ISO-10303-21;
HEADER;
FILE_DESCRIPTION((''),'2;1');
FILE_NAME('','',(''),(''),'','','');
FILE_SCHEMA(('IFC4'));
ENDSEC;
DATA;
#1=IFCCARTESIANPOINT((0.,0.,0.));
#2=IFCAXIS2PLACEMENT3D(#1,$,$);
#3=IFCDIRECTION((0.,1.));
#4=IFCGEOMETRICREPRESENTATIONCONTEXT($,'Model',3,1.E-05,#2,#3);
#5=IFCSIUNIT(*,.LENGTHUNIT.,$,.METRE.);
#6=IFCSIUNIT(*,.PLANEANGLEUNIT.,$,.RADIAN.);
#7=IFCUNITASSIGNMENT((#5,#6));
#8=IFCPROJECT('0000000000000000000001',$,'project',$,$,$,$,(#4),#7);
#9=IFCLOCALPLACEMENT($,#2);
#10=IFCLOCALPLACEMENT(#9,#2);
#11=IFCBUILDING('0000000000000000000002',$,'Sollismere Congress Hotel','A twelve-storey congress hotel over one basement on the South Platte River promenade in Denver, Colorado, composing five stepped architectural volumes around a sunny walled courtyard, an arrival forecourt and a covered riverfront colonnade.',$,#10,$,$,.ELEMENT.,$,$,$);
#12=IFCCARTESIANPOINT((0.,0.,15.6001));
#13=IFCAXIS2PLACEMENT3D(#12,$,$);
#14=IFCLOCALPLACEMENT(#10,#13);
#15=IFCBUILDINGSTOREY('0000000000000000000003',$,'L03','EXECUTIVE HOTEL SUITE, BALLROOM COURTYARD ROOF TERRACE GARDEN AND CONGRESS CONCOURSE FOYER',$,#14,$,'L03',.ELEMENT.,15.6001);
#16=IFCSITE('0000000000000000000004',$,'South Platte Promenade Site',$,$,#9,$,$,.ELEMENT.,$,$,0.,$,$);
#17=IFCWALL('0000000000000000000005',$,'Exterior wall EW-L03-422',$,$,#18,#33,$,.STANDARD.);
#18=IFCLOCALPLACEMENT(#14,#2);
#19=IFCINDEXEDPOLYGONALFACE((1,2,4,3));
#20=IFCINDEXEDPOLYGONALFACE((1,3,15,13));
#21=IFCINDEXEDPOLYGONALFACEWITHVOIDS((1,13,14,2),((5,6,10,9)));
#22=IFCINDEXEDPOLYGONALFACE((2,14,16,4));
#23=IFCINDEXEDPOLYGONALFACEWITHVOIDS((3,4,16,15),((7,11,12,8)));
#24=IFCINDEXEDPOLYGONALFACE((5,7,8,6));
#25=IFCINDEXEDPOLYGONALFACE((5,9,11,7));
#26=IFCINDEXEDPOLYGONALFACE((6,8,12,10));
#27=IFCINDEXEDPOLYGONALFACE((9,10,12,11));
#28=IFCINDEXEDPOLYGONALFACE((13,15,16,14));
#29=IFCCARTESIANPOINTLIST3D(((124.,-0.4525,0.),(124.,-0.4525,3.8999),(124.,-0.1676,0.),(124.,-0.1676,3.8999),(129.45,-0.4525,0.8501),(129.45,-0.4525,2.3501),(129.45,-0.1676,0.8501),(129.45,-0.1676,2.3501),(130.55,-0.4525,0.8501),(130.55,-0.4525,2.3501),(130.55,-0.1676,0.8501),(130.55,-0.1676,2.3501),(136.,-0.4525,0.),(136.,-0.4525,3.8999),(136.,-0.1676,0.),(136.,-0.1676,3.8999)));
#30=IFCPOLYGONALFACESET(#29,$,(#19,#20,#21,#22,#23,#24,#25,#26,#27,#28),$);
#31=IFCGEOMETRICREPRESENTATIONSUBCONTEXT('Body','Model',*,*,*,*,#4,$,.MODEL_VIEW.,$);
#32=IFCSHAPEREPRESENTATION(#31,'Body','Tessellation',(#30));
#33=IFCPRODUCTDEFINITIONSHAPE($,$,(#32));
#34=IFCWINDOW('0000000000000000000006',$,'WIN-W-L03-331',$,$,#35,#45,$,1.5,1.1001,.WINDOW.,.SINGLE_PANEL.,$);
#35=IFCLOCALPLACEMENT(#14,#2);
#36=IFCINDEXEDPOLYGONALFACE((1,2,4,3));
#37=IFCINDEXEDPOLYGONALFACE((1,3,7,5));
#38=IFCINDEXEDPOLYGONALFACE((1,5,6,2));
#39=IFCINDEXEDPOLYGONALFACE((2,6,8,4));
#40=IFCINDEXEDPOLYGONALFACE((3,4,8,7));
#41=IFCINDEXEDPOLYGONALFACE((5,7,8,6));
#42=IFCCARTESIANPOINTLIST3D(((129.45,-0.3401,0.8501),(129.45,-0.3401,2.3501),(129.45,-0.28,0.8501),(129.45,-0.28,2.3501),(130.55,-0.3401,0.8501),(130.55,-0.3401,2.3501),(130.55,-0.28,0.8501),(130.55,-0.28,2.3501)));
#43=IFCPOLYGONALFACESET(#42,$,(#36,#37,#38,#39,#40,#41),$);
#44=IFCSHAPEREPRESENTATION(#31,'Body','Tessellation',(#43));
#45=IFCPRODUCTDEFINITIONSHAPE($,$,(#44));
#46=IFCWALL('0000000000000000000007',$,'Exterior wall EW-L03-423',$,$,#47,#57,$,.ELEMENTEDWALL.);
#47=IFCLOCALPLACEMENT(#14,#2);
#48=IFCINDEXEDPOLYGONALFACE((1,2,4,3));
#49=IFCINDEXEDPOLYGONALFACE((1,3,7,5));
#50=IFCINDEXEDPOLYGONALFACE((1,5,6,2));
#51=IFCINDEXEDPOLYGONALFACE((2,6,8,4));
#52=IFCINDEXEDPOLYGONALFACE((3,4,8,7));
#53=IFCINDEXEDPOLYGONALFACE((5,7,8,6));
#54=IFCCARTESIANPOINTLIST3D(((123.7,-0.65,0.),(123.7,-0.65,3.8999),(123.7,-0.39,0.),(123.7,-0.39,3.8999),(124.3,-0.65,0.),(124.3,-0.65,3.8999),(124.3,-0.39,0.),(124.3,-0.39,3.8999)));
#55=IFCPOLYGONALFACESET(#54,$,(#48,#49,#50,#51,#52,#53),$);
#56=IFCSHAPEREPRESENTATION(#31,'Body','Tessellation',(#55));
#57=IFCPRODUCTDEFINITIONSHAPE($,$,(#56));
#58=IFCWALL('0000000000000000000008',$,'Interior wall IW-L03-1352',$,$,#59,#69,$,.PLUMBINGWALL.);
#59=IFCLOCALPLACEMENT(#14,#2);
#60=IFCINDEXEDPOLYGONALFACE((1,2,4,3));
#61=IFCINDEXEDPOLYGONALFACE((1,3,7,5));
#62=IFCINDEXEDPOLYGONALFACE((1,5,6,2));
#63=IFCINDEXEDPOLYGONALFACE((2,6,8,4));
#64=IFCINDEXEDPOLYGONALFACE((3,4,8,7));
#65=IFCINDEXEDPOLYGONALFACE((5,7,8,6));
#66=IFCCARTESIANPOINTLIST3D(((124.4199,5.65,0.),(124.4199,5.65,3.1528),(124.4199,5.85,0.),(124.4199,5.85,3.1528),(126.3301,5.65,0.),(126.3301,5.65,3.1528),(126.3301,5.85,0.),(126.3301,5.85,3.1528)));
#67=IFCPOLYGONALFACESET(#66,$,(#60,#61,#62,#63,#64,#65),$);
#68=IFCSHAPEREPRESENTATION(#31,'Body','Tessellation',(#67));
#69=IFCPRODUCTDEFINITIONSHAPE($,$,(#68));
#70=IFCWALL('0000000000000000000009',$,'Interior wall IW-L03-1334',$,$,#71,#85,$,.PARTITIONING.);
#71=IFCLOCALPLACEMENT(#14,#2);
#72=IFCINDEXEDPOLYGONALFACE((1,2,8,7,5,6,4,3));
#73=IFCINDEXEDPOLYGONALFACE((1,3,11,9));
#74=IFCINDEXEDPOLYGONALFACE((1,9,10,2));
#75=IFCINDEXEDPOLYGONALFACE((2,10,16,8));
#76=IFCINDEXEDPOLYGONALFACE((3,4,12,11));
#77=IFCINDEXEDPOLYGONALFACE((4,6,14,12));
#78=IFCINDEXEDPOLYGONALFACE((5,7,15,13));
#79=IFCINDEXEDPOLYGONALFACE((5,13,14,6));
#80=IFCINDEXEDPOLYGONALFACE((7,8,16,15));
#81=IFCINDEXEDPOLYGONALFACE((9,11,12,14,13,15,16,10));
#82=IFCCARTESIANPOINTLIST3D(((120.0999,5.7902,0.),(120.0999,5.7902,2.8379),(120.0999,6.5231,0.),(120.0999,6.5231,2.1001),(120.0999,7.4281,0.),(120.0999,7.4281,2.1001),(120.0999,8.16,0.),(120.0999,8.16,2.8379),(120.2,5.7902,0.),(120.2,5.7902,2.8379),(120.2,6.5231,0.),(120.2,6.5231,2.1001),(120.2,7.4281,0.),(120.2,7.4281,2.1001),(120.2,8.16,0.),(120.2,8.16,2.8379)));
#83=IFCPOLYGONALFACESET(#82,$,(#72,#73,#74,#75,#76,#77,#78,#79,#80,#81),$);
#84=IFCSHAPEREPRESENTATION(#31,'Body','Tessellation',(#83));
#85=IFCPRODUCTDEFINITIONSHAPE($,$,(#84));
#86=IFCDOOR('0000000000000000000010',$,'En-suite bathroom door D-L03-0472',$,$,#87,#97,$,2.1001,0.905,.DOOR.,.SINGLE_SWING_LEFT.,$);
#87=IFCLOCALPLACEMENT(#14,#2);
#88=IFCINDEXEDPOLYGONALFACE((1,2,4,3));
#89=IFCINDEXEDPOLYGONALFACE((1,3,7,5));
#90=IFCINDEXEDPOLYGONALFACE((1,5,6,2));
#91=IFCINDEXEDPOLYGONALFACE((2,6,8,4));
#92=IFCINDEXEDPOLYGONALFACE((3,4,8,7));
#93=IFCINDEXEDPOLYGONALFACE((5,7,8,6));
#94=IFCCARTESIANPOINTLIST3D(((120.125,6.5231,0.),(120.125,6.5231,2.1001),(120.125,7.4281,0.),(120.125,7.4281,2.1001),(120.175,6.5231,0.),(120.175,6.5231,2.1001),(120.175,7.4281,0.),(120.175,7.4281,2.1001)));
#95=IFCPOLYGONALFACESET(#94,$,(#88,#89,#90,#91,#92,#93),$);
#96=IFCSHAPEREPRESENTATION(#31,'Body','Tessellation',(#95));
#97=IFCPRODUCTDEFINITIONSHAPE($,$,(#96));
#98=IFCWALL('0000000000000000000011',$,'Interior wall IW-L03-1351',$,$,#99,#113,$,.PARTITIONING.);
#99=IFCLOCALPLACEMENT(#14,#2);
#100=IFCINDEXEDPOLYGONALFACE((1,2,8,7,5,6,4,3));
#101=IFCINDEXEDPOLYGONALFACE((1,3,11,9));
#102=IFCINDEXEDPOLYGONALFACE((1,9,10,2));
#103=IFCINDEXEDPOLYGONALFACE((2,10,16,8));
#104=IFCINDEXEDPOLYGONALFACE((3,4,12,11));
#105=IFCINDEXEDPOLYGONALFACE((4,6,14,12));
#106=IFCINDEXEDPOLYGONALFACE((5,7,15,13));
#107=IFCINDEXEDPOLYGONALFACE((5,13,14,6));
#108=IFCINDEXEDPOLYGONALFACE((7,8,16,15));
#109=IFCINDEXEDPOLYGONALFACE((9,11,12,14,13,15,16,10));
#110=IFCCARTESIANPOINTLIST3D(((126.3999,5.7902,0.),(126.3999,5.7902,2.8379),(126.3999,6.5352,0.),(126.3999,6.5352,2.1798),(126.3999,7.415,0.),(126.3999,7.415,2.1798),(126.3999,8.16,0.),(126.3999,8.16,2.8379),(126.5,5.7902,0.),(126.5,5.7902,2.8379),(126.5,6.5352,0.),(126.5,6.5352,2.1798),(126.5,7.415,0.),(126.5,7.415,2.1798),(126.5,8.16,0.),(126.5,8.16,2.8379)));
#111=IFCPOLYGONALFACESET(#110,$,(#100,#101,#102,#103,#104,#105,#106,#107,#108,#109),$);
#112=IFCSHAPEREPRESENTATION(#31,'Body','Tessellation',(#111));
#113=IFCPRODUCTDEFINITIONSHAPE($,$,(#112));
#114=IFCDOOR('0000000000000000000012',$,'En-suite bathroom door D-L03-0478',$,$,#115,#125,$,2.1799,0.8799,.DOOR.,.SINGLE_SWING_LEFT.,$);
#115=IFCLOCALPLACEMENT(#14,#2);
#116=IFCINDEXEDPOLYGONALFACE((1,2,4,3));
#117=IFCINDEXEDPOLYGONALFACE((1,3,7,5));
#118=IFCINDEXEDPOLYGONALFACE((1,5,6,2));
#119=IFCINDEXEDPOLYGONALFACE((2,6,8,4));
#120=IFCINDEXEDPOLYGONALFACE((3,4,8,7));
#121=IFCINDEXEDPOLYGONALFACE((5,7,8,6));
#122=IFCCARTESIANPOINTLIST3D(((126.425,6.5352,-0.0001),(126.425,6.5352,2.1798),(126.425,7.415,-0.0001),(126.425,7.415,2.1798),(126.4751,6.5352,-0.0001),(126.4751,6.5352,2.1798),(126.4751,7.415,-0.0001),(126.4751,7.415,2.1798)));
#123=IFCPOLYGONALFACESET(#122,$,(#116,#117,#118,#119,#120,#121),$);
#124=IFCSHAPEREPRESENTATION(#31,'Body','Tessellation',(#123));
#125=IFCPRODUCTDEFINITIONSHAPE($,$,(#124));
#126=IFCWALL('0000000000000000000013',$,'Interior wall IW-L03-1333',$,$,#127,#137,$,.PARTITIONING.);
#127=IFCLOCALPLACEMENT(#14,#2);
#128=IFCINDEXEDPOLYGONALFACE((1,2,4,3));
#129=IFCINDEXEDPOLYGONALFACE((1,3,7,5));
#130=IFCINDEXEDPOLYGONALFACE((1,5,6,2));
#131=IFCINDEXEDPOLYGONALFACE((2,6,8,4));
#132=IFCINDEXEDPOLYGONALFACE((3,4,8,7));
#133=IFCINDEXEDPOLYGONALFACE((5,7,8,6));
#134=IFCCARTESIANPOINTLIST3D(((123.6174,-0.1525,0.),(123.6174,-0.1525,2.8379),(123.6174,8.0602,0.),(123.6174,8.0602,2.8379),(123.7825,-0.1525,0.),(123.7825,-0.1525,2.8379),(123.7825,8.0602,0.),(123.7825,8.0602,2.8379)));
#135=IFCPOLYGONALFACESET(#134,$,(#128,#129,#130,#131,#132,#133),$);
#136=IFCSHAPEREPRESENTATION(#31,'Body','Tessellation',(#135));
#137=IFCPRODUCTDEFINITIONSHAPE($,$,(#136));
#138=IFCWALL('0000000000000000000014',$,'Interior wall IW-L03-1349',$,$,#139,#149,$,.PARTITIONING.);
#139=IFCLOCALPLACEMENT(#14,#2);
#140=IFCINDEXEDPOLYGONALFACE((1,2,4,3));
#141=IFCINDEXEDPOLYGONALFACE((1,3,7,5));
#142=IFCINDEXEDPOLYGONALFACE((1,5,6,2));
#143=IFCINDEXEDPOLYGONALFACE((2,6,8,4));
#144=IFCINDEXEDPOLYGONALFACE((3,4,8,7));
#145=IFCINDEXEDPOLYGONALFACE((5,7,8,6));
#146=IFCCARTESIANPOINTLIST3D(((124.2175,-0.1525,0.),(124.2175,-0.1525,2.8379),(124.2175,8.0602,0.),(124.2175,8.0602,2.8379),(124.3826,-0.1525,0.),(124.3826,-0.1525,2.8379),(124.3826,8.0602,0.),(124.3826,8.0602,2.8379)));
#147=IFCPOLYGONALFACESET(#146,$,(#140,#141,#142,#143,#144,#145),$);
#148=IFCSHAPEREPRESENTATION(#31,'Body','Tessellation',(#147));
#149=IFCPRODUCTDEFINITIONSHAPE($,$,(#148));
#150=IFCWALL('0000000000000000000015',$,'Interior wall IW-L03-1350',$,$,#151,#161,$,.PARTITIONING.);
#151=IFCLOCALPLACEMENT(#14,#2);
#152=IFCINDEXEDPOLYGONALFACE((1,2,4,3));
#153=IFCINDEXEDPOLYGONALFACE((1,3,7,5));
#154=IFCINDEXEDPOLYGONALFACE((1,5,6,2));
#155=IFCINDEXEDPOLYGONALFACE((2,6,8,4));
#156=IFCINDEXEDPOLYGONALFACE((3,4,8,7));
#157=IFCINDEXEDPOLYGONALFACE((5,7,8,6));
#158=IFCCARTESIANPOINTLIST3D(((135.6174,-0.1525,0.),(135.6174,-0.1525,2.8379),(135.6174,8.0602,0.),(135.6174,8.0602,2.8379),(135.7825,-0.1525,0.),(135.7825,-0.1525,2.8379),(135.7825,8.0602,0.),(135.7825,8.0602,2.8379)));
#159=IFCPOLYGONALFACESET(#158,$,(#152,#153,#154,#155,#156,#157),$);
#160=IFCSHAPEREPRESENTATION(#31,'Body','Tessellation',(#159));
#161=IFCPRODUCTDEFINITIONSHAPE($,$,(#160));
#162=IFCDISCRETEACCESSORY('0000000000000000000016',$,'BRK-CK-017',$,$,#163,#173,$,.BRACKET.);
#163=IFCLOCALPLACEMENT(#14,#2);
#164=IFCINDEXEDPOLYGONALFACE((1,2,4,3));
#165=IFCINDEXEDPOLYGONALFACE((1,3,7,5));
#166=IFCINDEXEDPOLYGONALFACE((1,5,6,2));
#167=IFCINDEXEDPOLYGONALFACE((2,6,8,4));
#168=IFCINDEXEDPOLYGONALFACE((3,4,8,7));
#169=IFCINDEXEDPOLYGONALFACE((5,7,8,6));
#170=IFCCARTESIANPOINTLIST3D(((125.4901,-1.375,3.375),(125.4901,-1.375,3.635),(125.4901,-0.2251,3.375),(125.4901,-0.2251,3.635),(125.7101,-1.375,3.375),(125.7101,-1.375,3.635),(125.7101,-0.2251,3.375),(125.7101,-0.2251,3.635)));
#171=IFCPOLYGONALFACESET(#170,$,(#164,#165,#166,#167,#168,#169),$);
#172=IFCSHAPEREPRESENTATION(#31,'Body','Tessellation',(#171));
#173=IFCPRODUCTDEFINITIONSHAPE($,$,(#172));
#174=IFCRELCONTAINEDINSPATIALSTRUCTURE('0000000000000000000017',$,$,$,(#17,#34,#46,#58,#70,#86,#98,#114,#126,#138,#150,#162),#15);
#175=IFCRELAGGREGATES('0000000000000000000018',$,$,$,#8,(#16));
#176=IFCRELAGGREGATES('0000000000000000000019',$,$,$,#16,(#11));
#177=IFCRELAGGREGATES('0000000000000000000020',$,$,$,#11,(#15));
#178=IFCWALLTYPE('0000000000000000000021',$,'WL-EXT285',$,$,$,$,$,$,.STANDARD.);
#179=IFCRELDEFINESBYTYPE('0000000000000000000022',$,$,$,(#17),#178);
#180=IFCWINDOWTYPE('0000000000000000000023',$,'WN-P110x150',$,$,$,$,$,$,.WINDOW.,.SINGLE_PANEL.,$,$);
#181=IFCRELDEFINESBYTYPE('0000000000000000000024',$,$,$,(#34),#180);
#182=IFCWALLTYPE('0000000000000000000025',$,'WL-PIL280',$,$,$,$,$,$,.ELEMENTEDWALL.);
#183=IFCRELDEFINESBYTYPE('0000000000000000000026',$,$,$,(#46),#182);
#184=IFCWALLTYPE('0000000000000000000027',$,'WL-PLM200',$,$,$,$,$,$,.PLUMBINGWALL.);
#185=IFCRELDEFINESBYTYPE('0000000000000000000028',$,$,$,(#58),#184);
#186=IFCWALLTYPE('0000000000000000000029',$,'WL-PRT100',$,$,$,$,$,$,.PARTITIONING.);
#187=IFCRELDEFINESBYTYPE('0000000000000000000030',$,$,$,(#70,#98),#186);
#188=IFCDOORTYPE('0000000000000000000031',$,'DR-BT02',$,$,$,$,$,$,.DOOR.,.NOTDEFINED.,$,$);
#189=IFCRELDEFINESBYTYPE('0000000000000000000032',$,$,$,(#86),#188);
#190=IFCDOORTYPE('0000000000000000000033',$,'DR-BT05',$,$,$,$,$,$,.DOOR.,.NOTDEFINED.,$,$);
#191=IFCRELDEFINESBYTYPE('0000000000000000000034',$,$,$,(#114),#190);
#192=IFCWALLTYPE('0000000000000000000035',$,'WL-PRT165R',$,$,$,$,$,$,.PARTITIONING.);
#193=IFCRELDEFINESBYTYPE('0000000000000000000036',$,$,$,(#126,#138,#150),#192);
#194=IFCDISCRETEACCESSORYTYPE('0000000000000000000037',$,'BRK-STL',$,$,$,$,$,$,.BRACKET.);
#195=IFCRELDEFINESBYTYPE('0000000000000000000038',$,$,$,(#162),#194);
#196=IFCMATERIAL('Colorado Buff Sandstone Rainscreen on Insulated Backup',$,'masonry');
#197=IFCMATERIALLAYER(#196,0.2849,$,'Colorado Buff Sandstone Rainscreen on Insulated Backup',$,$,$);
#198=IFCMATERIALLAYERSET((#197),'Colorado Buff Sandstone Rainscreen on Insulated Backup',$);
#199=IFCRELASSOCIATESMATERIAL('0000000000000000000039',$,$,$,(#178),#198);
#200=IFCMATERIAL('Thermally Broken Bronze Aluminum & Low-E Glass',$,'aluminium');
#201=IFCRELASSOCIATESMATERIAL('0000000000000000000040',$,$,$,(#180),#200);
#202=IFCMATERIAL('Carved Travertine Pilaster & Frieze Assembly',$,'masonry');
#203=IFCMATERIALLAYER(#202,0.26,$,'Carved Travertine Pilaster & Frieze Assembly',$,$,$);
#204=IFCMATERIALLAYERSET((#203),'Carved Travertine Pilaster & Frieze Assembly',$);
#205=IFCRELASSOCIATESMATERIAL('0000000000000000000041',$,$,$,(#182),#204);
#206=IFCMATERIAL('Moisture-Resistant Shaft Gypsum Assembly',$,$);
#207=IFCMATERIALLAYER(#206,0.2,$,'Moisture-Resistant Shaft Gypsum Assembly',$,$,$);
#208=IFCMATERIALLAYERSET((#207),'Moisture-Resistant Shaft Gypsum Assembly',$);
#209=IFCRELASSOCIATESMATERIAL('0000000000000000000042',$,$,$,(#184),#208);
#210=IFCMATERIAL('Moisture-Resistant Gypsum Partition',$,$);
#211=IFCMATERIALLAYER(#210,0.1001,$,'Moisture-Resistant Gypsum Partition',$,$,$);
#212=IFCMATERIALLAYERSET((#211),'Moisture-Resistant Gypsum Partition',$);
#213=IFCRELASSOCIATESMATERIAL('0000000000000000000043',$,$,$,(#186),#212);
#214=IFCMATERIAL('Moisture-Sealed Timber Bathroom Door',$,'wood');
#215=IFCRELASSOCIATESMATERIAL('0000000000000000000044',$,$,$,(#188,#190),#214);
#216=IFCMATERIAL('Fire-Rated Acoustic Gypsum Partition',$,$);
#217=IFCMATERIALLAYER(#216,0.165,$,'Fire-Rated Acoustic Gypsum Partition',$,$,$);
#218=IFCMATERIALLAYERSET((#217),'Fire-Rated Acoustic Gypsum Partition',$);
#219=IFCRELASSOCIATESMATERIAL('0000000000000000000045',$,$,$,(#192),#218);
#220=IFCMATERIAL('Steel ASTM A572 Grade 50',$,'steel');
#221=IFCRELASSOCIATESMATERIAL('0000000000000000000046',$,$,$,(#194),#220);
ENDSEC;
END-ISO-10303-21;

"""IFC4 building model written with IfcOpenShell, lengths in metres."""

from ifc_helpers import new_model, si_unit, direction, frame, frame_2d, origin, origin_2d, place, context, subcontext, project, spatial, rectangle, extrude, material, layer, layer_set, type_object, element, fill, save


model = new_model("IFC4")

# Units and contexts
model_context = context("Model", 3, precision=1e-05, world=origin(), true_north=direction((0.0, 1.0)))
body_context = subcontext(model_context, "Body", "Model", "MODEL_VIEW")
ifc_project = project(units=[si_unit("LENGTHUNIT", "METRE"), si_unit("PLANEANGLEUNIT", "RADIAN")], contexts=[model_context])

# Site, building, storey
site_placement = place(None, origin())
site = spatial("IfcSite", under=ifc_project, at=site_placement, Name="South Platte Promenade Site", CompositionType="ELEMENT", RefElevation=0.0)
building_placement = place(site_placement, origin())
building = spatial("IfcBuilding", under=site, at=building_placement, Name="Sollismere Congress Hotel", Description="A twelve-storey congress hotel over one basement on the South Platte River promenade in Denver, Colorado, composing five stepped architectural volumes around a sunny walled courtyard, an arrival forecourt and a covered riverfront colonnade.", CompositionType="ELEMENT")
storey_placement = place(building_placement, frame((0.0, 0.0, 15.6001)))
storey = spatial("IfcBuildingStorey", under=building, at=storey_placement, Name="L03", Description="EXECUTIVE HOTEL SUITE, BALLROOM COURTYARD ROOF TERRACE GARDEN AND CONGRESS CONCOURSE FOYER", LongName="L03", CompositionType="ELEMENT", Elevation=15.6001)

# Wall, opening, window
ifc_material_1 = material(Name="Colorado Buff Sandstone Rainscreen on Insulated Backup", Category="masonry")
ifc_layer_1 = layer(ifc_material_1, 0.2849, Name="Colorado Buff Sandstone Rainscreen on Insulated Backup")
ifc_layer_set_1 = layer_set([ifc_layer_1], Name="Colorado Buff Sandstone Rainscreen on Insulated Backup")
wall_type_1 = type_object("IfcWallType", Name="WL-EXT285", PredefinedType="STANDARD", material=ifc_layer_set_1)
wall_1_placement = place(storey_placement, frame((124.0, -0.3101, 0.0), z_axis=(0.0, 0.0, 1.0), x_axis=(1.0, 0.0, 0.0)))
wall_1 = element("IfcWall", 1, at=wall_1_placement, inside=storey, type_object=wall_type_1, Name="Exterior wall EW-L03-422", PredefinedType="STANDARD", context=body_context, shape_type="SweptSolid", body=[
    extrude(rectangle(XDim=12.0, YDim=0.2849, at=frame_2d((6.0, 0.0))), origin(), (0.0, 0.0, 1.0), 3.8999),
])
opening_1_placement = place(wall_1_placement, frame((5.45, 0.0, 0.8501)))
opening_1 = element("IfcOpeningElement", 2, at=opening_1_placement, cuts=wall_1, PredefinedType="OPENING", context=body_context, shape_type="SweptSolid", body=[
    extrude(rectangle(XDim=1.1001, YDim=1.5, at=frame_2d((0.55, 0.75))), frame((0.0, 0.1523, 0.0), z_axis=(0.0, -1.0, 0.0), x_axis=(1.0, 0.0, 0.0)), (0.0, 0.0, 1.0), 0.3049),
])
ifc_material_2 = material(Name="Thermally Broken Bronze Aluminum & Low-E Glass", Category="aluminium")
window_type = type_object("IfcWindowType", Name="WN-P110x150", PartitioningType="SINGLE_PANEL", PredefinedType="WINDOW", material=ifc_material_2)
window_placement = place(opening_1_placement, origin())
window = element("IfcWindow", 3, at=window_placement, inside=storey, type_object=window_type, Name="WIN-W-L03-331", OverallHeight=1.5, OverallWidth=1.1001, PartitioningType="SINGLE_PANEL", PredefinedType="WINDOW", context=body_context, shape_type="SweptSolid", body=[
    extrude(rectangle(XDim=1.1001, YDim=1.5, at=frame_2d((0.55, 0.75))), frame((0.0, 0.03, 0.0), z_axis=(0.0, -1.0, 0.0), x_axis=(1.0, 0.0, 0.0)), (0.0, 0.0, 1.0), 0.0601),
])
fill(opening_1, window)

# Walls
ifc_material_3 = material(Name="Carved Travertine Pilaster & Frieze Assembly", Category="masonry")
ifc_layer_2 = layer(ifc_material_3, 0.26, Name="Carved Travertine Pilaster & Frieze Assembly")
ifc_layer_set_2 = layer_set([ifc_layer_2], Name="Carved Travertine Pilaster & Frieze Assembly")
wall_type_2 = type_object("IfcWallType", Name="WL-PIL280", PredefinedType="ELEMENTEDWALL", material=ifc_layer_set_2)
wall_2_placement = place(storey_placement, frame((123.7, -0.52, 0.0), z_axis=(0.0, 0.0, 1.0), x_axis=(1.0, 0.0, 0.0)))
element("IfcWall", 4, at=wall_2_placement, inside=storey, type_object=wall_type_2, Name="Exterior wall EW-L03-423", PredefinedType="ELEMENTEDWALL", context=body_context, shape_type="SweptSolid", body=[
    extrude(rectangle(XDim=0.6001, YDim=0.26, at=frame_2d((0.3, 0.0))), origin(), (0.0, 0.0, 1.0), 3.8999),
])
ifc_material_4 = material(Name="Moisture-Resistant Shaft Gypsum Assembly")
ifc_layer_3 = layer(ifc_material_4, 0.2, Name="Moisture-Resistant Shaft Gypsum Assembly")
ifc_layer_set_3 = layer_set([ifc_layer_3], Name="Moisture-Resistant Shaft Gypsum Assembly")
wall_type_3 = type_object("IfcWallType", Name="WL-PLM200", PredefinedType="PLUMBINGWALL", material=ifc_layer_set_3)
wall_3_placement = place(storey_placement, frame((124.4199, 5.75, 0.0), z_axis=(0.0, 0.0, 1.0), x_axis=(1.0, 0.0, 0.0)))
element("IfcWall", 5, at=wall_3_placement, inside=storey, type_object=wall_type_3, Name="Interior wall IW-L03-1352", PredefinedType="PLUMBINGWALL", context=body_context, shape_type="SweptSolid", body=[
    extrude(rectangle(XDim=1.9102, YDim=0.2, at=frame_2d((0.9551, 0.0))), origin(), (0.0, 0.0, 1.0), 3.1528),
])

# Walls, openings, doors
ifc_material_5 = material(Name="Moisture-Resistant Gypsum Partition")
ifc_layer_4 = layer(ifc_material_5, 0.1001, Name="Moisture-Resistant Gypsum Partition")
ifc_layer_set_4 = layer_set([ifc_layer_4], Name="Moisture-Resistant Gypsum Partition")
wall_type_4 = type_object("IfcWallType", Name="WL-PRT100", PredefinedType="PARTITIONING", material=ifc_layer_set_4)
wall_4_placement = place(storey_placement, frame((120.1499, 5.79, 0.0), z_axis=(0.0, 0.0, 1.0), x_axis=(0.0, 1.0, 0.0)))
wall_4 = element("IfcWall", 6, at=wall_4_placement, inside=storey, type_object=wall_type_4, Name="Interior wall IW-L03-1334", PredefinedType="PARTITIONING", context=body_context, shape_type="SweptSolid", body=[
    extrude(rectangle(XDim=2.3699, YDim=0.1001, at=frame_2d((1.1851, 0.0))), origin(), (0.0, 0.0, 1.0), 2.8379),
])
opening_2_placement = place(wall_4_placement, frame((0.7329, 0.0, 0.0)))
opening_2 = element("IfcOpeningElement", 7, at=opening_2_placement, cuts=wall_4, PredefinedType="OPENING", context=body_context, shape_type="SweptSolid", body=[
    extrude(rectangle(XDim=0.905, YDim=2.1001, at=frame_2d((0.4526, 1.05))), frame((0.0, 0.0601, 0.0), z_axis=(0.0, -1.0, 0.0), x_axis=(1.0, 0.0, 0.0)), (0.0, 0.0, 1.0), 0.1201),
])
ifc_material_6 = material(Name="Moisture-Sealed Timber Bathroom Door", Category="wood")
door_type_1 = type_object("IfcDoorType", Name="DR-BT02", OperationType="NOTDEFINED", PredefinedType="DOOR", material=ifc_material_6)
door_1_placement = place(opening_2_placement, origin())
door_1 = element("IfcDoor", 8, at=door_1_placement, inside=storey, type_object=door_type_1, Name="En-suite bathroom door D-L03-0472", OperationType="SINGLE_SWING_LEFT", OverallHeight=2.1001, OverallWidth=0.905, PredefinedType="DOOR", context=body_context, shape_type="SweptSolid", body=[
    extrude(rectangle(XDim=0.905, YDim=2.1001, at=frame_2d((0.4526, 1.05))), frame((0.0, 0.0249, 0.0), z_axis=(0.0, -1.0, 0.0), x_axis=(1.0, 0.0, 0.0)), (0.0, 0.0, 1.0), 0.05),
])
fill(opening_2, door_1)
wall_5_placement = place(storey_placement, frame((126.45, 5.79, 0.0), z_axis=(0.0, 0.0, 1.0), x_axis=(0.0, 1.0, 0.0)))
wall_5 = element("IfcWall", 9, at=wall_5_placement, inside=storey, type_object=wall_type_4, Name="Interior wall IW-L03-1351", PredefinedType="PARTITIONING", context=body_context, shape_type="SweptSolid", body=[
    extrude(rectangle(XDim=2.3699, YDim=0.1001, at=frame_2d((1.1851, 0.0))), origin(), (0.0, 0.0, 1.0), 2.8379),
])
opening_3_placement = place(wall_5_placement, frame((0.7451, 0.0, 0.0)))
opening_3 = element("IfcOpeningElement", 10, at=opening_3_placement, cuts=wall_5, PredefinedType="OPENING", context=body_context, shape_type="SweptSolid", body=[
    extrude(rectangle(XDim=0.8799, YDim=2.1799, at=frame_2d((0.4399, 1.0898))), frame((0.0, 0.0601, 0.0), z_axis=(0.0, -1.0, 0.0), x_axis=(1.0, 0.0, 0.0)), (0.0, 0.0, 1.0), 0.1201),
])
door_type_2 = type_object("IfcDoorType", Name="DR-BT05", OperationType="NOTDEFINED", PredefinedType="DOOR", material=ifc_material_6)
door_2_placement = place(opening_3_placement, origin())
door_2 = element("IfcDoor", 11, at=door_2_placement, inside=storey, type_object=door_type_2, Name="En-suite bathroom door D-L03-0478", OperationType="SINGLE_SWING_LEFT", OverallHeight=2.1799, OverallWidth=0.8799, PredefinedType="DOOR", context=body_context, shape_type="SweptSolid", body=[
    extrude(rectangle(XDim=0.8799, YDim=2.1799, at=frame_2d((0.4399, 1.0898))), frame((0.0, 0.0249, 0.0), z_axis=(0.0, -1.0, 0.0), x_axis=(1.0, 0.0, 0.0)), (0.0, 0.0, 1.0), 0.05),
])
fill(opening_3, door_2)

# Walls
ifc_material_7 = material(Name="Fire-Rated Acoustic Gypsum Partition")
ifc_layer_5 = layer(ifc_material_7, 0.165, Name="Fire-Rated Acoustic Gypsum Partition")
ifc_layer_set_5 = layer_set([ifc_layer_5], Name="Fire-Rated Acoustic Gypsum Partition")
wall_type_5 = type_object("IfcWallType", Name="WL-PRT165R", PredefinedType="PARTITIONING", material=ifc_layer_set_5)
for number, where, z_axis, x_axis, name in (
    (12, (123.7, -0.1526, 0.0), (0.0, 0.0, 1.0), (0.0, 1.0, 0.0), "Interior wall IW-L03-1333"),
    (13, (124.3, -0.1526, 0.0), (0.0, 0.0, 1.0), (0.0, 1.0, 0.0), "Interior wall IW-L03-1349"),
    (14, (135.7, -0.1526, 0.0), (0.0, 0.0, 1.0), (0.0, 1.0, 0.0), "Interior wall IW-L03-1350"),
):
    element("IfcWall", number, at=place(storey_placement, frame(where, z_axis=z_axis, x_axis=x_axis)), inside=storey, type_object=wall_type_5, Name=name, PredefinedType="PARTITIONING", context=body_context, shape_type="SweptSolid", body=[
        extrude(rectangle(XDim=8.2126, YDim=0.165, at=frame_2d((4.1064, 0.0))), origin(), (0.0, 0.0, 1.0), 2.8379),
    ])

# Discrete accessory
ifc_material_8 = material(Name="Steel ASTM A572 Grade 50", Category="steel")
discrete_accessory_type = type_object("IfcDiscreteAccessoryType", Name="BRK-STL", PredefinedType="BRACKET", material=ifc_material_8)
for number, where, z_axis, x_axis, name in (
    (15, (125.6001, -0.8, 3.375), (0.0, 0.0, 1.0), (1.0, 0.0, 0.0), "BRK-CK-017"),
):
    element("IfcDiscreteAccessory", number, at=place(storey_placement, frame(where, z_axis=z_axis, x_axis=x_axis)), inside=storey, type_object=discrete_accessory_type, Name=name, PredefinedType="BRACKET", context=body_context, shape_type="SweptSolid", body=[
        extrude(rectangle(XDim=0.22, YDim=1.1499, at=origin_2d()), origin(), (0.0, 0.0, 1.0), 0.26),
    ])

save(model, "model.ifc")
